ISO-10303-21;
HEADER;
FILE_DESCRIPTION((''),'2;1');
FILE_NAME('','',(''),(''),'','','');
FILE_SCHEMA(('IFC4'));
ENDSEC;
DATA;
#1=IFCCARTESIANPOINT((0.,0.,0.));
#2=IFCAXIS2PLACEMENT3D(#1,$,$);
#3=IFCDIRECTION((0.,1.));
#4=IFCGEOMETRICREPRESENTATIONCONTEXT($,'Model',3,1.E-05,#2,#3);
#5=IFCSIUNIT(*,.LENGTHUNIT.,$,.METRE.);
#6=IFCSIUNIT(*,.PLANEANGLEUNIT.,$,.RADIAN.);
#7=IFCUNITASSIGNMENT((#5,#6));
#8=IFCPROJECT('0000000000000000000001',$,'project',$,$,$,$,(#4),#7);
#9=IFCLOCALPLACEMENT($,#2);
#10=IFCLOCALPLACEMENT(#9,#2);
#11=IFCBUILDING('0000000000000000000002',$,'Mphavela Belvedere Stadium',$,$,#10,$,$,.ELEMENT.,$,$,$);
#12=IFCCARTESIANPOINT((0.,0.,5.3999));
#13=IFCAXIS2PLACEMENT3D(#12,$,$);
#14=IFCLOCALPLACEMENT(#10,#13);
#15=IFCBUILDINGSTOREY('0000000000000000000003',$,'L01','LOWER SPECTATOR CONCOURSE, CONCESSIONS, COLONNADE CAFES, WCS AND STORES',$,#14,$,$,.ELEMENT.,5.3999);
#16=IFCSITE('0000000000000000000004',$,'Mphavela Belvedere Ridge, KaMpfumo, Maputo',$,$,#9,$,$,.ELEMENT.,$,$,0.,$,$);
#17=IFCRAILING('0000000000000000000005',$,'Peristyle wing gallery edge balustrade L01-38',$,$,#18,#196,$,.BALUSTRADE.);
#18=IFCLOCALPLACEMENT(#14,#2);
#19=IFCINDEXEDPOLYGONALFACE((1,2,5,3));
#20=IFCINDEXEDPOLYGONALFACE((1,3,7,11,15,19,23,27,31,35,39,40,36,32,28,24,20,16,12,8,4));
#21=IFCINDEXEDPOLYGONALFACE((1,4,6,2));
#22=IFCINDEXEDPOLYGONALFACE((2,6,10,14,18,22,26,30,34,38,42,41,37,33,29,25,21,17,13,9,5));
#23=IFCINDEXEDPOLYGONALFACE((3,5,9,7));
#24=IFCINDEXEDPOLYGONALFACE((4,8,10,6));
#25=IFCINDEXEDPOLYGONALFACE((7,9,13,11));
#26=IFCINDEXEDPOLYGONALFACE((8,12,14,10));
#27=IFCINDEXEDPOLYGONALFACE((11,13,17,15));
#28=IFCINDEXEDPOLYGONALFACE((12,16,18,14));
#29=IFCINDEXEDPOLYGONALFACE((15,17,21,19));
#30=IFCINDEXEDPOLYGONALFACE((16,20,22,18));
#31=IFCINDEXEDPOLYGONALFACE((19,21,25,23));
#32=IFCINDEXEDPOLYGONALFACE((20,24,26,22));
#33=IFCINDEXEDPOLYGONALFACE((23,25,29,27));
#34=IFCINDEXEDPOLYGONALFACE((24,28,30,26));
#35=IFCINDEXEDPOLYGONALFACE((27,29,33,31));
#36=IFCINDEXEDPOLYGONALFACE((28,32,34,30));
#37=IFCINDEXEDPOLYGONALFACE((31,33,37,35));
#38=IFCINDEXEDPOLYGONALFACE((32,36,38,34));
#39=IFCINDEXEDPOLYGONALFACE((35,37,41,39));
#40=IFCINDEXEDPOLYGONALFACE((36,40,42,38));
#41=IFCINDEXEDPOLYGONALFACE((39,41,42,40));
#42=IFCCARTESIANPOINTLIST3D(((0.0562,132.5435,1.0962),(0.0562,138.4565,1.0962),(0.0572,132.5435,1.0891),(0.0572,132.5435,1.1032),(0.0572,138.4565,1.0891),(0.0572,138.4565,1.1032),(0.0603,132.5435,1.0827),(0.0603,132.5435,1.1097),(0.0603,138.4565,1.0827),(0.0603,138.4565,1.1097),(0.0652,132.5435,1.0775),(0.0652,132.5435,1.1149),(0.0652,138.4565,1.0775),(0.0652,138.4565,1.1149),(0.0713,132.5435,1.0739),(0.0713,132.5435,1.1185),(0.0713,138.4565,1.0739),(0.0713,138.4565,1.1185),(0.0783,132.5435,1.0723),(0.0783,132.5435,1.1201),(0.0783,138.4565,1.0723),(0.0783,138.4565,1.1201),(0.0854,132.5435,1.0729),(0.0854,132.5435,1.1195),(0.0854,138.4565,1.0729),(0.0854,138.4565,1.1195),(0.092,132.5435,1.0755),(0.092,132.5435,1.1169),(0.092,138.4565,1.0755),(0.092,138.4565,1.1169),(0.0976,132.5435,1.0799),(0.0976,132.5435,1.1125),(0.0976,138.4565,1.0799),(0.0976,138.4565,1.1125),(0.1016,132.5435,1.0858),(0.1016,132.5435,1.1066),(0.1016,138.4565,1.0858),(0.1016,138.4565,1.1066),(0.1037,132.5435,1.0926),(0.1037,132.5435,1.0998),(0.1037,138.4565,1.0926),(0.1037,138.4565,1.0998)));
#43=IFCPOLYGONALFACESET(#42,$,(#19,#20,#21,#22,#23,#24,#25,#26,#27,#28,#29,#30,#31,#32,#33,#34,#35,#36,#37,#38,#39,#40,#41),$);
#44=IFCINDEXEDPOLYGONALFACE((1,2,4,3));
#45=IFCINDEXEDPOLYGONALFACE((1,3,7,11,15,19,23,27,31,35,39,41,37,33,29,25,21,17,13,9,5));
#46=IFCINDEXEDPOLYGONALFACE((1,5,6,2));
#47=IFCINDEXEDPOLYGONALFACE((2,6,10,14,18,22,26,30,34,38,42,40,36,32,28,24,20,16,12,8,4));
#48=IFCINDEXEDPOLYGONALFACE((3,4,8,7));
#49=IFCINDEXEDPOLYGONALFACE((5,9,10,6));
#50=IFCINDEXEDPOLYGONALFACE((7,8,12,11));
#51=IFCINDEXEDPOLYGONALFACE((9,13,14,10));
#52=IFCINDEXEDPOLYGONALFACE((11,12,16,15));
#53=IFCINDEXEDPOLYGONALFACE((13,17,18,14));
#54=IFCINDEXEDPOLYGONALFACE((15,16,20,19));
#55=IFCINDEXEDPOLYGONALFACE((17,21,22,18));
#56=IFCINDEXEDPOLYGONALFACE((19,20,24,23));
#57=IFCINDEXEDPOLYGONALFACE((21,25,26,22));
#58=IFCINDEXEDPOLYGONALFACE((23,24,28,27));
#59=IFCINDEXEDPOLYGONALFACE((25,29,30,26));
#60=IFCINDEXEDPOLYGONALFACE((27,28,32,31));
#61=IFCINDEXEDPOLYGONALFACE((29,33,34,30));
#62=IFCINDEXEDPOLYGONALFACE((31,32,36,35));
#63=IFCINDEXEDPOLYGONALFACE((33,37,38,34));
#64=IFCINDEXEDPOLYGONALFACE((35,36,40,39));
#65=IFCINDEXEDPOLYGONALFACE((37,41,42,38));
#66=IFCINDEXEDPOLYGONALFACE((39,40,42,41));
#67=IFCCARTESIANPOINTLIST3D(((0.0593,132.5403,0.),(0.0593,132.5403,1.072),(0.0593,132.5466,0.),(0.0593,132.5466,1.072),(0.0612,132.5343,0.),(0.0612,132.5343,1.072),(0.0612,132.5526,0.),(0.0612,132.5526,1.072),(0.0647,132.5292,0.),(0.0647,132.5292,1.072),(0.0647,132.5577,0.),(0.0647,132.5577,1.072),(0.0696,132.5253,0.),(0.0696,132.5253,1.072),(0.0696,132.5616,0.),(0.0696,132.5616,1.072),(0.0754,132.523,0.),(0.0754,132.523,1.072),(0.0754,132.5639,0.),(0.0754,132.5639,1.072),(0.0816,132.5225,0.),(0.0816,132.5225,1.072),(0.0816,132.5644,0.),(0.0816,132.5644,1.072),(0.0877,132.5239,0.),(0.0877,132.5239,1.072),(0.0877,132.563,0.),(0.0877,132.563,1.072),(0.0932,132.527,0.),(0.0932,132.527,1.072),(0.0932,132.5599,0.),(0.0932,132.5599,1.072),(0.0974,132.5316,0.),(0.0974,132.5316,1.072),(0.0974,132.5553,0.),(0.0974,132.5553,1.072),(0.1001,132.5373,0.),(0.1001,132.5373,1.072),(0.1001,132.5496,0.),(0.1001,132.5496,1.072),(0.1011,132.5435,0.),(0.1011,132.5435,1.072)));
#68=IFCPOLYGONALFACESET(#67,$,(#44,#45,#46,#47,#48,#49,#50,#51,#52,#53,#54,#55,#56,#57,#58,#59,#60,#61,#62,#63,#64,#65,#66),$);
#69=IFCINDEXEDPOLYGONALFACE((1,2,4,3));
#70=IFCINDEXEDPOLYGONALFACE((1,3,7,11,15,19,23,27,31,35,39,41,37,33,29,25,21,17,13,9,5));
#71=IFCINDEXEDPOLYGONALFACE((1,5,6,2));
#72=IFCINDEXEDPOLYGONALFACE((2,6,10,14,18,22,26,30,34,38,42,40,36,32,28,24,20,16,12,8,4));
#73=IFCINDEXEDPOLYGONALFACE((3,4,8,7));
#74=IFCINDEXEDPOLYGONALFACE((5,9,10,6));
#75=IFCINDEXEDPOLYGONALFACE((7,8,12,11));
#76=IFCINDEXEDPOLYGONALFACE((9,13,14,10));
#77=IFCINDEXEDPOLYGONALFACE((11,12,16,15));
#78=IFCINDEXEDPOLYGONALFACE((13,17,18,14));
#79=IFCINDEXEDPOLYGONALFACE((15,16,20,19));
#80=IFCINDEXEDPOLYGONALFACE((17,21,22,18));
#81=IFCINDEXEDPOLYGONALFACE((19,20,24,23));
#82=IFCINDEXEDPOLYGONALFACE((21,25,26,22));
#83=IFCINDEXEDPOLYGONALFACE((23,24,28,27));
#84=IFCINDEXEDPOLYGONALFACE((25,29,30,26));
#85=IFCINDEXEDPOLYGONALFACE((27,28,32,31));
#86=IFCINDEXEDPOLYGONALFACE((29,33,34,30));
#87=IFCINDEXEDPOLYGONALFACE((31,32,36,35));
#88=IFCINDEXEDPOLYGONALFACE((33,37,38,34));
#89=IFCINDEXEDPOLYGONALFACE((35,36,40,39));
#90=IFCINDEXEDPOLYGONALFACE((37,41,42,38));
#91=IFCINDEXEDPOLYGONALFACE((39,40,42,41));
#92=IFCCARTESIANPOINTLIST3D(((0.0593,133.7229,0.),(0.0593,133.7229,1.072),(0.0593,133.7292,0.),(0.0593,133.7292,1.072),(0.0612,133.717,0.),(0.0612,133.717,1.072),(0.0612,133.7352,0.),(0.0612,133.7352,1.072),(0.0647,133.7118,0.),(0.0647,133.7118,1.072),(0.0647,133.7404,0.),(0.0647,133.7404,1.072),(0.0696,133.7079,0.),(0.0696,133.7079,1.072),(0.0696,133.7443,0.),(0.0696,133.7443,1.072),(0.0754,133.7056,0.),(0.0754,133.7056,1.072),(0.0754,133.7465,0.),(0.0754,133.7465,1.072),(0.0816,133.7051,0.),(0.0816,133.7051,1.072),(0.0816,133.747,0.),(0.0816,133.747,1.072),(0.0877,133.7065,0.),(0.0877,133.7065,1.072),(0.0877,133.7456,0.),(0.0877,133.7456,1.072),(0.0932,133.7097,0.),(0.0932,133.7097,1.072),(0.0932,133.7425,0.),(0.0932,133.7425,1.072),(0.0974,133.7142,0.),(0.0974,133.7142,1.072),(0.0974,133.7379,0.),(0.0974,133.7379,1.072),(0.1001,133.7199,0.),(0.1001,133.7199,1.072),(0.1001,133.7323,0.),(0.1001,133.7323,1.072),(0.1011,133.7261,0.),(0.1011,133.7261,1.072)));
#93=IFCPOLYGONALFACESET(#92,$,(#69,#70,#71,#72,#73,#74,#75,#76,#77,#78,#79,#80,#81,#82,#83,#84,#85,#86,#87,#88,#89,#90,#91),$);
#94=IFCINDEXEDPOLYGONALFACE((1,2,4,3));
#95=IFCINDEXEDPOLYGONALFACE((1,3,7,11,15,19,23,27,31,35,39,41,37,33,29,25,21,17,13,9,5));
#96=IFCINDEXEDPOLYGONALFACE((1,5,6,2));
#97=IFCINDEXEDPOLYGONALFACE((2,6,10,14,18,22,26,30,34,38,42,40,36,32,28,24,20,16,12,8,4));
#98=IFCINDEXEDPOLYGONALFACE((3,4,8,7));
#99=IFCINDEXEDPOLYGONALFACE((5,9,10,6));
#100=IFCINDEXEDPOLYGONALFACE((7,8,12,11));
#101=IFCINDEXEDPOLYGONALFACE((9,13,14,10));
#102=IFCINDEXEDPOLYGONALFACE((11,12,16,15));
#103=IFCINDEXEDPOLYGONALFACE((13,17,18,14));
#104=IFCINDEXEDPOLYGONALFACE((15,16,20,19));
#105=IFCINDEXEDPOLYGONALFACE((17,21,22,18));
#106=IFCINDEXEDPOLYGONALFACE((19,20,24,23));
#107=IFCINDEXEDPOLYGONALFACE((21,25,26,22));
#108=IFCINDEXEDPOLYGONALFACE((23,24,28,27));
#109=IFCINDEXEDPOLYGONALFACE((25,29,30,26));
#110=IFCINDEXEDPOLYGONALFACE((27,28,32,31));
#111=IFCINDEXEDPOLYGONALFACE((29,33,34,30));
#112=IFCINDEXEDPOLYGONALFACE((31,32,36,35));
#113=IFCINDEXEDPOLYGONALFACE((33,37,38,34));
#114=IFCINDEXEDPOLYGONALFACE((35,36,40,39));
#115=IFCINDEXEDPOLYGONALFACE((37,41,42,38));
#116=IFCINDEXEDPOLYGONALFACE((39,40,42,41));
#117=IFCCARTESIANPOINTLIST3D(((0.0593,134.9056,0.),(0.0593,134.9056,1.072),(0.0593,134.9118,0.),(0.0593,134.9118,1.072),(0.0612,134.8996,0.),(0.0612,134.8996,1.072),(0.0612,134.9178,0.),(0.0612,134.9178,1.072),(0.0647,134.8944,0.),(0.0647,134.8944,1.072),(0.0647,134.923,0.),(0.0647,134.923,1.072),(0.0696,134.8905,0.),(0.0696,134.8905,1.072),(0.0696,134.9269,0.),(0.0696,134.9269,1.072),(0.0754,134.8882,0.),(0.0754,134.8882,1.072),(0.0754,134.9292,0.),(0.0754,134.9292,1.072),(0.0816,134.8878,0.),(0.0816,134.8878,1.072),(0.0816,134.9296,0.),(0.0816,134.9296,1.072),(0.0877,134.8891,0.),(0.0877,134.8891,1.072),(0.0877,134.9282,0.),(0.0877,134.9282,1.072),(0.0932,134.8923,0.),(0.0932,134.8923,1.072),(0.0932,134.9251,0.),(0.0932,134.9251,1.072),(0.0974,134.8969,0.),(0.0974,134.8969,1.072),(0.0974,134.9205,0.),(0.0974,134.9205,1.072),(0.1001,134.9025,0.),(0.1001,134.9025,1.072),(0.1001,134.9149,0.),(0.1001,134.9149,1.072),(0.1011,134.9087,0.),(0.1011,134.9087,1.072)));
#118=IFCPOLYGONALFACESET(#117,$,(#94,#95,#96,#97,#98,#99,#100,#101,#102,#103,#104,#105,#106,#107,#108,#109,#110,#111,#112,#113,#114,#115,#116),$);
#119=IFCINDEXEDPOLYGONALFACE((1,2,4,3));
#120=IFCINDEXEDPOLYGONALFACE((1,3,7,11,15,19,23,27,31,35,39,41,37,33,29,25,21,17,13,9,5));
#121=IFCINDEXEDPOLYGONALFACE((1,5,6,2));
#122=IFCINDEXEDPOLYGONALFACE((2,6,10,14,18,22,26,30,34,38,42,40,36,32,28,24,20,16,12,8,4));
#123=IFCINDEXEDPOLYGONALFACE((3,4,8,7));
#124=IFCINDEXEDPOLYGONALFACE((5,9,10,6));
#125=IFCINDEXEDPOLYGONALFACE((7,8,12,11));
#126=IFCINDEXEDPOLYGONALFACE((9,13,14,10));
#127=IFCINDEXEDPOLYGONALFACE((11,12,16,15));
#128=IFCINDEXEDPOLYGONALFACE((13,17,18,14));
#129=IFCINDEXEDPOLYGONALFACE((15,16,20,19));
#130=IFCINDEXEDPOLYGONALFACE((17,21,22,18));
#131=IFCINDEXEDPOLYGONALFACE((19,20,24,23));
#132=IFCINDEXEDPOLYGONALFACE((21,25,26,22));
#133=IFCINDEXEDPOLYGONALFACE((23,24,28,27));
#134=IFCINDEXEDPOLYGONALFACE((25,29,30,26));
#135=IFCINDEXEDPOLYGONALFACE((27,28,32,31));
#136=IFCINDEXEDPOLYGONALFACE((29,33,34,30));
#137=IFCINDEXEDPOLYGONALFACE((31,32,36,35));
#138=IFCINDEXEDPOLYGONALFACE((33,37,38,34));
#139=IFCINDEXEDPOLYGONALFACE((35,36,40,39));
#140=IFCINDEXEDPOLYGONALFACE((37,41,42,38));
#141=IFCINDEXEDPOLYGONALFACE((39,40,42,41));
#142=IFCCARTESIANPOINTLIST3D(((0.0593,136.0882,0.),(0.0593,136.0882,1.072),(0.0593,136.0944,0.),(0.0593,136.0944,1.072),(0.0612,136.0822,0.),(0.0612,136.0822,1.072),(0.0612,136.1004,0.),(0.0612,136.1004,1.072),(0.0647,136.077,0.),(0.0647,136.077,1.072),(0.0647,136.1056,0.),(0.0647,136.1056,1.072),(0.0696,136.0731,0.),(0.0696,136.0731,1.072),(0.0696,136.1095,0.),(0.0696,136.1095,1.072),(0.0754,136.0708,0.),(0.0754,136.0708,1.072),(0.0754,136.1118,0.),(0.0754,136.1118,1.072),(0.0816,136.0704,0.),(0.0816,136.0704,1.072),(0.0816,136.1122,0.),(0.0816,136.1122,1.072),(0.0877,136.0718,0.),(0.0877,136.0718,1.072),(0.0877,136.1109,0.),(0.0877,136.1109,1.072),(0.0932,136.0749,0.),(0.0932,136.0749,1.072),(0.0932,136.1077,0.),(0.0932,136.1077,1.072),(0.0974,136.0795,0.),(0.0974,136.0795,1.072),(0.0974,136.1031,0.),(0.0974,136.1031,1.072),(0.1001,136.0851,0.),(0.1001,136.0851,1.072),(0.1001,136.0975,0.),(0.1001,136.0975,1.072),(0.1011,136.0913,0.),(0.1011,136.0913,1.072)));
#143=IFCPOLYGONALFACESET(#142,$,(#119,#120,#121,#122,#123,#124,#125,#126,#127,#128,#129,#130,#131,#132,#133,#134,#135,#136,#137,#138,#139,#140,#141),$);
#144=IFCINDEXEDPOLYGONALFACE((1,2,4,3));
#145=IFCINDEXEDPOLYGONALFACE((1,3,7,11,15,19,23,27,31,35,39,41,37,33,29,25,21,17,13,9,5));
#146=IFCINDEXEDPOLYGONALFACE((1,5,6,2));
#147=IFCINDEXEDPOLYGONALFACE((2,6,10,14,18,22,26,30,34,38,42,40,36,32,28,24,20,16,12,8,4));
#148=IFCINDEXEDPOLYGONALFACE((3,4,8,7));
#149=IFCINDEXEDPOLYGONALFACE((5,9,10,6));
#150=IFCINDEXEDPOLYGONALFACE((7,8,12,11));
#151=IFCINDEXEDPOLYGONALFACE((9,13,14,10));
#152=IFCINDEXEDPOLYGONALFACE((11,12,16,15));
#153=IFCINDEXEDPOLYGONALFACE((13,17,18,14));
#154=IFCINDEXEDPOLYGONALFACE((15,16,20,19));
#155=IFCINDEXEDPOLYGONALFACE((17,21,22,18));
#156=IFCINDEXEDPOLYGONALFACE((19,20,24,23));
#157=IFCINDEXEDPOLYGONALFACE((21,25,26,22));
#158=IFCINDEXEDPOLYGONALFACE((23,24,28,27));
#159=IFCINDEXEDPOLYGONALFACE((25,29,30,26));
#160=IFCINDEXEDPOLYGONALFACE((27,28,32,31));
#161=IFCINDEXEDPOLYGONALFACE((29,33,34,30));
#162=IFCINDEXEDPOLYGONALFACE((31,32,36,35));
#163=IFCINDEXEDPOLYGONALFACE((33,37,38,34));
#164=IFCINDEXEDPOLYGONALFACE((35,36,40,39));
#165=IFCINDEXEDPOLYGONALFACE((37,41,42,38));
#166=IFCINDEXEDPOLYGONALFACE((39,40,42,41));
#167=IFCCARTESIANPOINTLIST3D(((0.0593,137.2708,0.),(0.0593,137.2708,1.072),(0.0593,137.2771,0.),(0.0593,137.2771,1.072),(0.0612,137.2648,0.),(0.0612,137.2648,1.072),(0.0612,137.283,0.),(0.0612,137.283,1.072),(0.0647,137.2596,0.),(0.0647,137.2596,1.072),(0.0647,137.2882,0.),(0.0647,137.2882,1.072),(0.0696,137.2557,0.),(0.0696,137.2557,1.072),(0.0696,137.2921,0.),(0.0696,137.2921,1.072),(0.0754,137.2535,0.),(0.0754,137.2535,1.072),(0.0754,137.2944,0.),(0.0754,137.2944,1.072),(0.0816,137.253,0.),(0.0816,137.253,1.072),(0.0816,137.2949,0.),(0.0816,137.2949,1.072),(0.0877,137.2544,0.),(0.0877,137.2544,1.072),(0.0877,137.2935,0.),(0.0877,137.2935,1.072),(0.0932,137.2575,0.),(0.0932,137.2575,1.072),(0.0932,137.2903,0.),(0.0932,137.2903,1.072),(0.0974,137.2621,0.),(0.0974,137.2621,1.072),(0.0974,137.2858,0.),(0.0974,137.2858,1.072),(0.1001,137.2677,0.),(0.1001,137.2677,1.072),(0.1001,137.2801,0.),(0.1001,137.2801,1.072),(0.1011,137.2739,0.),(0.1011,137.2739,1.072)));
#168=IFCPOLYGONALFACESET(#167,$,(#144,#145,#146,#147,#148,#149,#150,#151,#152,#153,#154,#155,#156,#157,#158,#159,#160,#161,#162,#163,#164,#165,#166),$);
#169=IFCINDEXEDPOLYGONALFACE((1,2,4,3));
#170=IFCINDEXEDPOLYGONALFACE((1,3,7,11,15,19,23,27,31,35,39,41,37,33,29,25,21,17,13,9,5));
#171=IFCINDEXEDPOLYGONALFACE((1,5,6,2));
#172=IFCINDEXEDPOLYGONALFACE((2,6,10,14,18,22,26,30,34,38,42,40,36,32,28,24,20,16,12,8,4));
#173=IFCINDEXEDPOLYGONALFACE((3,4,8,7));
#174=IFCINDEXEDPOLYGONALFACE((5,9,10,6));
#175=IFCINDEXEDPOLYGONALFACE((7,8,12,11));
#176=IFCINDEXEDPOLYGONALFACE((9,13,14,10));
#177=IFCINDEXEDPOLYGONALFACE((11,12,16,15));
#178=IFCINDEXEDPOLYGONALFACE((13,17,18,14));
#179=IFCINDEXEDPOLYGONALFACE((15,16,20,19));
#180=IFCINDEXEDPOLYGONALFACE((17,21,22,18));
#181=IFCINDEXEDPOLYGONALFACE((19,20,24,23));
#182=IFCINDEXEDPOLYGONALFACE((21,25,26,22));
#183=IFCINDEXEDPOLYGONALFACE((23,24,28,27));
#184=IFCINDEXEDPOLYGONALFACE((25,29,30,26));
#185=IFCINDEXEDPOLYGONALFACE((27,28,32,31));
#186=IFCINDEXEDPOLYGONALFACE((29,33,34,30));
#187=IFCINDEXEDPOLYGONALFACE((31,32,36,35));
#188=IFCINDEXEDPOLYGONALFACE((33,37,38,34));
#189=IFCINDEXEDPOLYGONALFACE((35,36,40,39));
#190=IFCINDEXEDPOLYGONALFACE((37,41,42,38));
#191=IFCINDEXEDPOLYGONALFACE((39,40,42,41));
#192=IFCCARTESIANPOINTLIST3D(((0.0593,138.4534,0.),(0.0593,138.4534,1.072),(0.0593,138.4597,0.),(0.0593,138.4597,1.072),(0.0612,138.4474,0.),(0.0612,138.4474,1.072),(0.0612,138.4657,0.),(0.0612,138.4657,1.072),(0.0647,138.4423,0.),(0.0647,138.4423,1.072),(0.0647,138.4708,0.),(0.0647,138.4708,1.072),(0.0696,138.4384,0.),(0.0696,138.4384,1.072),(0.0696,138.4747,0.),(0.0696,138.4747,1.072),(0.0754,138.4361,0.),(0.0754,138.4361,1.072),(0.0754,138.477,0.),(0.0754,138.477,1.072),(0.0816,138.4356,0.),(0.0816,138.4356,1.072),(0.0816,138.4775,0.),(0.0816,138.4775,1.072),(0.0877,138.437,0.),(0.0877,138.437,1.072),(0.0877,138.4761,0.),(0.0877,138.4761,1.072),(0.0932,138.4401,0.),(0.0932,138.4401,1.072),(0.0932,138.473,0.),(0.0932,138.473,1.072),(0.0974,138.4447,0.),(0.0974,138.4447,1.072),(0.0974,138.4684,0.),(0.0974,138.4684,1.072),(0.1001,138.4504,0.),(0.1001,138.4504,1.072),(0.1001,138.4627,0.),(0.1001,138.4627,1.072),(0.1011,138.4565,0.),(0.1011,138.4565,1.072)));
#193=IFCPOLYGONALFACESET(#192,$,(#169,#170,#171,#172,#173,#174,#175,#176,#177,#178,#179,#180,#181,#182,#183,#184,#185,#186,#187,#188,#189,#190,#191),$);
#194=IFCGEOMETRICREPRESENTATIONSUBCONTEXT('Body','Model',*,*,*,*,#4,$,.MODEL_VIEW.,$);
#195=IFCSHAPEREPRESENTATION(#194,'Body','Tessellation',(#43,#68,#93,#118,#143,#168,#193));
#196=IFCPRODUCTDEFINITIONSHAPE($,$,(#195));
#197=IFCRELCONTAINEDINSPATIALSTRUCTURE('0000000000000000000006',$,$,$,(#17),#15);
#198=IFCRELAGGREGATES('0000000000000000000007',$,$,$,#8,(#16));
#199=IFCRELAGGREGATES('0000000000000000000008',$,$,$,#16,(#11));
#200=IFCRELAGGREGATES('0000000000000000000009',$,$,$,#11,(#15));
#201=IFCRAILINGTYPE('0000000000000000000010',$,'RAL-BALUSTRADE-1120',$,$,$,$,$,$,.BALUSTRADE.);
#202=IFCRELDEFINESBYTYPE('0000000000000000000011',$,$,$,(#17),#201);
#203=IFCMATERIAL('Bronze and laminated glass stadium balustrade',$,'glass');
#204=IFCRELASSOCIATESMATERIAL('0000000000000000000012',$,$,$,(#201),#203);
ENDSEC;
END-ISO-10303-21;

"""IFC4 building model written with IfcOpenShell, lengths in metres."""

from ifc_helpers import new_model, si_unit, direction, frame, origin, origin_2d, place, context, subcontext, project, spatial, circle, extrude, material, type_object, element, save


model = new_model("IFC4")

# Units and contexts
model_context = context("Model", 3, precision=1e-05, world=origin(), true_north=direction((0.0, 1.0)))
body_context = subcontext(model_context, "Body", "Model", "MODEL_VIEW")
ifc_project = project(units=[si_unit("LENGTHUNIT", "METRE"), si_unit("PLANEANGLEUNIT", "RADIAN")], contexts=[model_context])

# Site, building, storey
site_placement = place(None, origin())
site = spatial("IfcSite", under=ifc_project, at=site_placement, Name="Mphavela Belvedere Ridge, KaMpfumo, Maputo", CompositionType="ELEMENT", RefElevation=0.0)
building_placement = place(site_placement, origin())
building = spatial("IfcBuilding", under=site, at=building_placement, Name="Mphavela Belvedere Stadium", CompositionType="ELEMENT")
storey_placement = place(building_placement, frame((0.0, 0.0, 5.3999)))
storey = spatial("IfcBuildingStorey", under=building, at=storey_placement, Name="L01", Description="LOWER SPECTATOR CONCOURSE, CONCESSIONS, COLONNADE CAFES, WCS AND STORES", CompositionType="ELEMENT", Elevation=5.3999)

# Railing
ifc_material_1 = material(Name="Bronze and laminated glass stadium balustrade", Category="glass")
railing_type = type_object("IfcRailingType", Name="RAL-BALUSTRADE-1120", PredefinedType="BALUSTRADE", material=ifc_material_1)
for number, where, name in (
    (1, (0.0801, 132.5435, 0.0), "Peristyle wing gallery edge balustrade L01-38"),
):
    element("IfcRailing", number, at=place(storey_placement, frame(where)), inside=storey, type_object=railing_type, Name=name, PredefinedType="BALUSTRADE", context=body_context, shape_type="SweptSolid", body=[
        extrude(circle(Radius=0.0239, at=origin_2d()), frame((0.0, 0.0, 1.0962), z_axis=(0.0, 1.0, 0.0), x_axis=(-1.0, 0.0, 0.0)), (0.0, 0.0, 1.0), 5.9131),
        extrude(circle(Radius=0.021, at=origin_2d()), origin(), (0.0, 0.0, 1.0), 1.072),
        extrude(circle(Radius=0.021, at=origin_2d()), frame((0.0, 1.1826, 0.0)), (0.0, 0.0, 1.0), 1.072),
        extrude(circle(Radius=0.021, at=origin_2d()), frame((0.0, 2.3652, 0.0)), (0.0, 0.0, 1.0), 1.072),
        extrude(circle(Radius=0.021, at=origin_2d()), frame((0.0, 3.5479, 0.0)), (0.0, 0.0, 1.0), 1.072),
        extrude(circle(Radius=0.021, at=origin_2d()), frame((0.0, 4.7305, 0.0)), (0.0, 0.0, 1.0), 1.072),
        extrude(circle(Radius=0.021, at=origin_2d()), frame((0.0, 5.9131, 0.0)), (0.0, 0.0, 1.0), 1.072),
    ])

save(model, "model.ifc")
